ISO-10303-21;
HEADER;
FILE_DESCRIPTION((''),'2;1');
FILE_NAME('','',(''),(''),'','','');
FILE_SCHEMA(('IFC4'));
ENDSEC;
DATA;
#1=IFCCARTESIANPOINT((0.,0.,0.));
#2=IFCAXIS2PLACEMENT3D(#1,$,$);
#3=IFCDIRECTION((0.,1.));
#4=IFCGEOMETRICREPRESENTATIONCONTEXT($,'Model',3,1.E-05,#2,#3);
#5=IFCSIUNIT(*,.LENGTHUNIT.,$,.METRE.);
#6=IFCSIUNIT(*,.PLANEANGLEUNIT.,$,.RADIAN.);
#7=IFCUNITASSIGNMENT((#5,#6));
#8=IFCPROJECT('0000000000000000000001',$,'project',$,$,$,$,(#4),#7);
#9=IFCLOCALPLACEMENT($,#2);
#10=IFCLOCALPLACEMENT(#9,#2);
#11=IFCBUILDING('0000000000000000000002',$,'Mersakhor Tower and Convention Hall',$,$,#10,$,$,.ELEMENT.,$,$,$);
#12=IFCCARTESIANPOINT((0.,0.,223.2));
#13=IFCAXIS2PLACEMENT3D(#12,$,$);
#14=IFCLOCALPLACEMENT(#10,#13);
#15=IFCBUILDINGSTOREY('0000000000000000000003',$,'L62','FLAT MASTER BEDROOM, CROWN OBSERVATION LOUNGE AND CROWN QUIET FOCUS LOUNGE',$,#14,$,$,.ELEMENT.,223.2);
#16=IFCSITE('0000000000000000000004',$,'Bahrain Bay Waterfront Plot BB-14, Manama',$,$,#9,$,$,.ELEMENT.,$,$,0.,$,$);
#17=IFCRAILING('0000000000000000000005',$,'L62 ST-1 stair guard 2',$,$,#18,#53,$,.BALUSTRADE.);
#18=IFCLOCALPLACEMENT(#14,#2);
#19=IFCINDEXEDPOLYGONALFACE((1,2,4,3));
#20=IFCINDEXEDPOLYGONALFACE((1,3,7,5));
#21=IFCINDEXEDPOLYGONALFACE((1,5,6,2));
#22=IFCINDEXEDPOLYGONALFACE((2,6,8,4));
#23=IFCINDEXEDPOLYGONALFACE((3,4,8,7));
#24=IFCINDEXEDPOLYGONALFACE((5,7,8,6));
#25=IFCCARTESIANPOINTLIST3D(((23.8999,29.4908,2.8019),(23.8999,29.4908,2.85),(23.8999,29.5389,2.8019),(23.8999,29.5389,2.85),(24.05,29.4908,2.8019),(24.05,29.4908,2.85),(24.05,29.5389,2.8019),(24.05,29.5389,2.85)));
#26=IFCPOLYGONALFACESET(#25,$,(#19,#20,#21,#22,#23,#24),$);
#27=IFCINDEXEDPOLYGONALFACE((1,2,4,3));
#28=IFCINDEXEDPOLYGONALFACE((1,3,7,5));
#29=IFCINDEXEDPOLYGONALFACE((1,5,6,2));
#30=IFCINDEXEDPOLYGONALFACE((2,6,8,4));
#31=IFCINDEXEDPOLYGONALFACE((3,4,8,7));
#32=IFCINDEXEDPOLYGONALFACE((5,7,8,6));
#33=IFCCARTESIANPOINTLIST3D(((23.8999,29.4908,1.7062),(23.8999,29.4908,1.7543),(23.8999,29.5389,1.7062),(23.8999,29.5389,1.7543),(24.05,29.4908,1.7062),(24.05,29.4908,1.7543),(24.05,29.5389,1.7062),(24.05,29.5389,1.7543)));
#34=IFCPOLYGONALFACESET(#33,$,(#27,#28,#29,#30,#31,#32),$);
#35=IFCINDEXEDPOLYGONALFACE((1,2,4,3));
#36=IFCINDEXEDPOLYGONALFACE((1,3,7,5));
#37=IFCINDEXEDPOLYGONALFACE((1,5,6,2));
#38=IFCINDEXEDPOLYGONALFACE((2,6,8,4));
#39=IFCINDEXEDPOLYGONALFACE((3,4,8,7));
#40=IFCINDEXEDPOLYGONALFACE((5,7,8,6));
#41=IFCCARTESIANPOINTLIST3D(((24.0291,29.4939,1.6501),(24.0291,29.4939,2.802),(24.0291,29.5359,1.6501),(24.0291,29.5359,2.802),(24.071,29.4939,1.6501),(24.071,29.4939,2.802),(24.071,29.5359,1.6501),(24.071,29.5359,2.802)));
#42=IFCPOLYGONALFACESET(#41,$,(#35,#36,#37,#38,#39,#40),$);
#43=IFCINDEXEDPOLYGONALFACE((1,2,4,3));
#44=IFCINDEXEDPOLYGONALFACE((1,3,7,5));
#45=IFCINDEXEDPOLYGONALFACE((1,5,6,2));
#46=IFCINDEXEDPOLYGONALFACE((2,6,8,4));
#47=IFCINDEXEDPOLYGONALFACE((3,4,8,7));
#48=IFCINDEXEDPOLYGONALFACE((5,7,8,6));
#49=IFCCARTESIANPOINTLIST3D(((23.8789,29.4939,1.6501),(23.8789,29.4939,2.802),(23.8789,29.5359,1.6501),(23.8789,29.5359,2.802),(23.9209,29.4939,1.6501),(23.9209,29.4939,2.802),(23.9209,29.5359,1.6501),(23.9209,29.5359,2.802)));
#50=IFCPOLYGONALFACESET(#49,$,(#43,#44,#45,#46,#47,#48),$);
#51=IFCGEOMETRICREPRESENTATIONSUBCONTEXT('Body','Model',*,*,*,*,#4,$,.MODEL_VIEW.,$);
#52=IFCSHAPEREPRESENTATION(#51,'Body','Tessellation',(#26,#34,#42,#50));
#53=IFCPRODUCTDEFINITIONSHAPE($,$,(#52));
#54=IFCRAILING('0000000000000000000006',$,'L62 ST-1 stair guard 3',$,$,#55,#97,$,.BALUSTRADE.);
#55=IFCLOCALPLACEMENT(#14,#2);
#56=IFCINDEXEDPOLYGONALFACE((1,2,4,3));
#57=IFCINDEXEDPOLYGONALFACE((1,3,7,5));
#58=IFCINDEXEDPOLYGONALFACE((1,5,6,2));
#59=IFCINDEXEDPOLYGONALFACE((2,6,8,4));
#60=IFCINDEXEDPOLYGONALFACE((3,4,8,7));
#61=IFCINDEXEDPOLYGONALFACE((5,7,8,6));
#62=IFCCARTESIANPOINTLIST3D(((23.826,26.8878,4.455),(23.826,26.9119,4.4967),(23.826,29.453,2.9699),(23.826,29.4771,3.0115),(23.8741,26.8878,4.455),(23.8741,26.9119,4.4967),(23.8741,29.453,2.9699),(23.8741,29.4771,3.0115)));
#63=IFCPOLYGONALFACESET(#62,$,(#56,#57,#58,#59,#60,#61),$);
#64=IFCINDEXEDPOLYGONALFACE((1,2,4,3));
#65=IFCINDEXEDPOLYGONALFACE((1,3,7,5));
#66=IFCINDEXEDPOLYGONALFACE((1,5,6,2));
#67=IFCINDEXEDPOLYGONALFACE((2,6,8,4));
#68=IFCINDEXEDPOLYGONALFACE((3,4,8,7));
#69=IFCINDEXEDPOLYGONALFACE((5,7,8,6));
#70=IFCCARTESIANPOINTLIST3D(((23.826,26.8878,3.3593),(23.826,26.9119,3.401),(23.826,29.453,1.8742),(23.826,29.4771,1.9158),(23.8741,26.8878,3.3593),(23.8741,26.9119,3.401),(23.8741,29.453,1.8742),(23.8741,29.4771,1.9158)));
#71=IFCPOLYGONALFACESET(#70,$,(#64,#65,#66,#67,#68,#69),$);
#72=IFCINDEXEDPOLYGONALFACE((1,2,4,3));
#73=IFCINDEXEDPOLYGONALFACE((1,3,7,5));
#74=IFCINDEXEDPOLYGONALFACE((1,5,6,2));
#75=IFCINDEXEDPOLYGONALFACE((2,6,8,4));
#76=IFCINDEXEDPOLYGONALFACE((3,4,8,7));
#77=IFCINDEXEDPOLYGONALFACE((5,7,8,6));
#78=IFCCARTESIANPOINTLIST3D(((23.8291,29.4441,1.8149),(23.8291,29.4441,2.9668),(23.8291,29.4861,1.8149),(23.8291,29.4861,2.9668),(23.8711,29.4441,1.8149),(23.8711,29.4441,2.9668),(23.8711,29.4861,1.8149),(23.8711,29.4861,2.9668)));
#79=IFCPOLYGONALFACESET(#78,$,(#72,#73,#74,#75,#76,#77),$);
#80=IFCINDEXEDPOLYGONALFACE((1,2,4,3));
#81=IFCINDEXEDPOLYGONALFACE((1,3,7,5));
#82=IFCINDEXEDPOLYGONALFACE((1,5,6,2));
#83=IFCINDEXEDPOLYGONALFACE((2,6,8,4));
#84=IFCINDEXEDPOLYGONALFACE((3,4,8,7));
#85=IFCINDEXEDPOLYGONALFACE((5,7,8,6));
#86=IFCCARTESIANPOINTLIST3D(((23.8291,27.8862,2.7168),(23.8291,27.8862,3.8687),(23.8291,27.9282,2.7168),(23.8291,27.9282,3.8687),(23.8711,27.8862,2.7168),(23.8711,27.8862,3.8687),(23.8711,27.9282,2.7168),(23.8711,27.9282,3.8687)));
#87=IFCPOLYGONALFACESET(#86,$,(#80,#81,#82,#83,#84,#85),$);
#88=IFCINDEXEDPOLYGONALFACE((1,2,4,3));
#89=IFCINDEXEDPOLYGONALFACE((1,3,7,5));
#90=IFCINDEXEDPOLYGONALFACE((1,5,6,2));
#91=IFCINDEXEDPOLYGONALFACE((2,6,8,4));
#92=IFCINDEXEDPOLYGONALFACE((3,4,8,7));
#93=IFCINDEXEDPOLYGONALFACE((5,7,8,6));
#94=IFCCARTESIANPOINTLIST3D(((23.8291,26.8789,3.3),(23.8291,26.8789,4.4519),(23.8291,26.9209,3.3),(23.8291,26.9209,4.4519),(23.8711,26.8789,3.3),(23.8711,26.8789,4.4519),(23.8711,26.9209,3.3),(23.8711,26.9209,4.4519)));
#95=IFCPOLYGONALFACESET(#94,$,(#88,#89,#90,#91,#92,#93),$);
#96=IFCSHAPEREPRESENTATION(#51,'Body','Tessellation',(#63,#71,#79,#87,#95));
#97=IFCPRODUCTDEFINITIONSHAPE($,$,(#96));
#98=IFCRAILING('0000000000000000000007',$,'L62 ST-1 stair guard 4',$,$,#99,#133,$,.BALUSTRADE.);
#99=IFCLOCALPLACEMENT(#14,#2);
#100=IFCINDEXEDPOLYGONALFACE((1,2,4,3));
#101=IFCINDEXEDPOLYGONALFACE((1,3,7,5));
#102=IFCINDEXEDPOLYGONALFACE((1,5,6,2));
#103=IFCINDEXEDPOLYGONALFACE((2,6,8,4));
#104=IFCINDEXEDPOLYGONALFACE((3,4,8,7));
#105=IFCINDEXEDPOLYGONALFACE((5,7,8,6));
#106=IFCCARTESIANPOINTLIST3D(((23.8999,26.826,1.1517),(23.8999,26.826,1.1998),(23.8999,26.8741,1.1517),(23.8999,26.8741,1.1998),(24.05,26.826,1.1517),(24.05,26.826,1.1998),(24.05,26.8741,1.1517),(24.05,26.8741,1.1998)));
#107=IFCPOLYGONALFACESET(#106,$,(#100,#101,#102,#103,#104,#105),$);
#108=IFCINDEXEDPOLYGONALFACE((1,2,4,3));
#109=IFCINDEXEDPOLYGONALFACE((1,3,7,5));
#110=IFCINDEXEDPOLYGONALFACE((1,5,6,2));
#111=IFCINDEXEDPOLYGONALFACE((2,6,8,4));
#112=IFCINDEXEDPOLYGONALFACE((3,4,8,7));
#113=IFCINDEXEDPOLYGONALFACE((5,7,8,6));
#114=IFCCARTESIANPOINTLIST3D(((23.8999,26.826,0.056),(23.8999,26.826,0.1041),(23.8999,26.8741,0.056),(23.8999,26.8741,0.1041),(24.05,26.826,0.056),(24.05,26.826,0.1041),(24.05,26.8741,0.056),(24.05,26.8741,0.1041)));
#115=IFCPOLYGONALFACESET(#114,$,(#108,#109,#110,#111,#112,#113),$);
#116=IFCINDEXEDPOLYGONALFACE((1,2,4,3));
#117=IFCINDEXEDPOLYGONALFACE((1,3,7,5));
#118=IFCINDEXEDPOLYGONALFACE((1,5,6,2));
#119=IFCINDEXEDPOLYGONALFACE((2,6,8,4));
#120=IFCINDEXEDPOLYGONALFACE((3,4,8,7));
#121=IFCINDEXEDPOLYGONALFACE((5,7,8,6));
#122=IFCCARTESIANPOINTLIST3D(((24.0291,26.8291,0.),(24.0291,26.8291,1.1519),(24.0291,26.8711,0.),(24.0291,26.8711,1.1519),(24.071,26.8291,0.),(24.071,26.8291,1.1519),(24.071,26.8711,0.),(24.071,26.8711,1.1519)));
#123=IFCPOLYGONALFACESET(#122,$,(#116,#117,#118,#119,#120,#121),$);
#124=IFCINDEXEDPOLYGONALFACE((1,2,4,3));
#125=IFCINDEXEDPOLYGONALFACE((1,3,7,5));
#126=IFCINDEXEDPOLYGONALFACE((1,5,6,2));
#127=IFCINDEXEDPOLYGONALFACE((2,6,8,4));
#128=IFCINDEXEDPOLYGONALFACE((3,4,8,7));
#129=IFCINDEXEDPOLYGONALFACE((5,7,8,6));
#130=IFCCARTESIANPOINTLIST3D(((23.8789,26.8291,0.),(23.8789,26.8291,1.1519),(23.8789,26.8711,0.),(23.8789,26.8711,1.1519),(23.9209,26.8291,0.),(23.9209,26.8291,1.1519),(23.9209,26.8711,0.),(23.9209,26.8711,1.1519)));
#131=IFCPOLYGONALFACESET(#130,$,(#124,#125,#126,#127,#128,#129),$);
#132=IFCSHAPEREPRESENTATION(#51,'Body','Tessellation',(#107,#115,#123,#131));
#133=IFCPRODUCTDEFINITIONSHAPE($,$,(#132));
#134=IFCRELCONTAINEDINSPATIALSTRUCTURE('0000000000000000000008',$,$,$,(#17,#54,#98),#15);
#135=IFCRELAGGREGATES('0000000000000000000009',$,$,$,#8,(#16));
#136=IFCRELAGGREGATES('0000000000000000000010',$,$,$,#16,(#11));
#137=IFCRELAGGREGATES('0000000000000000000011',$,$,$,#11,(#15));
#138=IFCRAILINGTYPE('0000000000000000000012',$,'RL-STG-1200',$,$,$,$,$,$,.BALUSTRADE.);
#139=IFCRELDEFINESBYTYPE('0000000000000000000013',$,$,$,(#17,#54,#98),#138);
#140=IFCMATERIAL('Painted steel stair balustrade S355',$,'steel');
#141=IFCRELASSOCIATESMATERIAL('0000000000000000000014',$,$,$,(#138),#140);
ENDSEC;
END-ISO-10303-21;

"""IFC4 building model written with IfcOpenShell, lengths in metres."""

from ifc_helpers import new_model, si_unit, direction, frame, origin, origin_2d, place, context, subcontext, project, spatial, rectangle, extrude, material, type_object, element, save


model = new_model("IFC4")

# Units and contexts
model_context = context("Model", 3, precision=1e-05, world=origin(), true_north=direction((0.0, 1.0)))
body_context = subcontext(model_context, "Body", "Model", "MODEL_VIEW")
ifc_project = project(units=[si_unit("LENGTHUNIT", "METRE"), si_unit("PLANEANGLEUNIT", "RADIAN")], contexts=[model_context])

# Site, building, storey
site_placement = place(None, origin())
site = spatial("IfcSite", under=ifc_project, at=site_placement, Name="Bahrain Bay Waterfront Plot BB-14, Manama", CompositionType="ELEMENT", RefElevation=0.0)
building_placement = place(site_placement, origin())
building = spatial("IfcBuilding", under=site, at=building_placement, Name="Mersakhor Tower and Convention Hall", CompositionType="ELEMENT")
storey_placement = place(building_placement, frame((0.0, 0.0, 223.2)))
storey = spatial("IfcBuildingStorey", under=building, at=storey_placement, Name="L62", Description="FLAT MASTER BEDROOM, CROWN OBSERVATION LOUNGE AND CROWN QUIET FOCUS LOUNGE", CompositionType="ELEMENT", Elevation=223.2)

# Railings
ifc_material_1 = material(Name="Painted steel stair balustrade S355", Category="steel")
railing_type_1 = type_object("IfcRailingType", Name="RL-STG-1200", PredefinedType="BALUSTRADE", material=ifc_material_1)
railing_1_placement = place(storey_placement, frame((24.05, 29.5149, 1.6501)))
element("IfcRailing", 1, at=railing_1_placement, inside=storey, type_object=railing_type_1, Name="L62 ST-1 stair guard 2", PredefinedType="BALUSTRADE", context=body_context, shape_type="SweptSolid", body=[
    extrude(rectangle(XDim=0.0481, YDim=0.0481, at=origin_2d()), frame((0.0, 0.0, 1.1758), z_axis=(-1.0, 0.0, 0.0), x_axis=(0.0, -1.0, 0.0)), (0.0, 0.0, 1.0), 0.1501),
    extrude(rectangle(XDim=0.0481, YDim=0.0481, at=origin_2d()), frame((0.0, 0.0, 0.0801), z_axis=(-1.0, 0.0, 0.0), x_axis=(0.0, -1.0, 0.0)), (0.0, 0.0, 1.0), 0.1501),
    extrude(rectangle(XDim=0.042, YDim=0.042, at=origin_2d()), origin(), (0.0, 0.0, 1.0), 1.1519),
    extrude(rectangle(XDim=0.042, YDim=0.042, at=origin_2d()), frame((-0.1501, 0.0, 0.0)), (0.0, 0.0, 1.0), 1.1519),
])
railing_2_placement = place(storey_placement, frame((23.8501, 29.4651, 1.8149)))
element("IfcRailing", 2, at=railing_2_placement, inside=storey, type_object=railing_type_1, Name="L62 ST-1 stair guard 3", PredefinedType="BALUSTRADE", context=body_context, shape_type="SweptSolid", body=[
    extrude(rectangle(XDim=0.0481, YDim=0.0481, at=origin_2d()), frame((0.0, 0.0, 1.1758), z_axis=(0.0, -0.865426, 0.501036), x_axis=(1.0, 0.0, 0.0)), (0.0, 0.0, 1.0), 2.9641),
    extrude(rectangle(XDim=0.0481, YDim=0.0481, at=origin_2d()), frame((0.0, 0.0, 0.0801), z_axis=(0.0, -0.865426, 0.501036), x_axis=(1.0, 0.0, 0.0)), (0.0, 0.0, 1.0), 2.9641),
    extrude(rectangle(XDim=0.042, YDim=0.042, at=origin_2d()), origin(), (0.0, 0.0, 1.0), 1.1519),
    extrude(rectangle(XDim=0.042, YDim=0.042, at=origin_2d()), frame((0.0, -1.5579, 0.9019)), (0.0, 0.0, 1.0), 1.1519),
    extrude(rectangle(XDim=0.042, YDim=0.042, at=origin_2d()), frame((0.0, -2.5652, 1.4851)), (0.0, 0.0, 1.0), 1.1519),
])
railing_3_placement = place(storey_placement, frame((24.05, 26.8501, 0.0)))
element("IfcRailing", 3, at=railing_3_placement, inside=storey, type_object=railing_type_1, Name="L62 ST-1 stair guard 4", PredefinedType="BALUSTRADE", context=body_context, shape_type="SweptSolid", body=[
    extrude(rectangle(XDim=0.0481, YDim=0.0481, at=origin_2d()), frame((0.0, 0.0, 1.1758), z_axis=(-1.0, 0.0, 0.0), x_axis=(0.0, -1.0, 0.0)), (0.0, 0.0, 1.0), 0.1501),
    extrude(rectangle(XDim=0.0481, YDim=0.0481, at=origin_2d()), frame((0.0, 0.0, 0.0801), z_axis=(-1.0, 0.0, 0.0), x_axis=(0.0, -1.0, 0.0)), (0.0, 0.0, 1.0), 0.1501),
    extrude(rectangle(XDim=0.042, YDim=0.042, at=origin_2d()), origin(), (0.0, 0.0, 1.0), 1.1519),
    extrude(rectangle(XDim=0.042, YDim=0.042, at=origin_2d()), frame((-0.1501, 0.0, 0.0)), (0.0, 0.0, 1.0), 1.1519),
])

save(model, "model.ifc")
